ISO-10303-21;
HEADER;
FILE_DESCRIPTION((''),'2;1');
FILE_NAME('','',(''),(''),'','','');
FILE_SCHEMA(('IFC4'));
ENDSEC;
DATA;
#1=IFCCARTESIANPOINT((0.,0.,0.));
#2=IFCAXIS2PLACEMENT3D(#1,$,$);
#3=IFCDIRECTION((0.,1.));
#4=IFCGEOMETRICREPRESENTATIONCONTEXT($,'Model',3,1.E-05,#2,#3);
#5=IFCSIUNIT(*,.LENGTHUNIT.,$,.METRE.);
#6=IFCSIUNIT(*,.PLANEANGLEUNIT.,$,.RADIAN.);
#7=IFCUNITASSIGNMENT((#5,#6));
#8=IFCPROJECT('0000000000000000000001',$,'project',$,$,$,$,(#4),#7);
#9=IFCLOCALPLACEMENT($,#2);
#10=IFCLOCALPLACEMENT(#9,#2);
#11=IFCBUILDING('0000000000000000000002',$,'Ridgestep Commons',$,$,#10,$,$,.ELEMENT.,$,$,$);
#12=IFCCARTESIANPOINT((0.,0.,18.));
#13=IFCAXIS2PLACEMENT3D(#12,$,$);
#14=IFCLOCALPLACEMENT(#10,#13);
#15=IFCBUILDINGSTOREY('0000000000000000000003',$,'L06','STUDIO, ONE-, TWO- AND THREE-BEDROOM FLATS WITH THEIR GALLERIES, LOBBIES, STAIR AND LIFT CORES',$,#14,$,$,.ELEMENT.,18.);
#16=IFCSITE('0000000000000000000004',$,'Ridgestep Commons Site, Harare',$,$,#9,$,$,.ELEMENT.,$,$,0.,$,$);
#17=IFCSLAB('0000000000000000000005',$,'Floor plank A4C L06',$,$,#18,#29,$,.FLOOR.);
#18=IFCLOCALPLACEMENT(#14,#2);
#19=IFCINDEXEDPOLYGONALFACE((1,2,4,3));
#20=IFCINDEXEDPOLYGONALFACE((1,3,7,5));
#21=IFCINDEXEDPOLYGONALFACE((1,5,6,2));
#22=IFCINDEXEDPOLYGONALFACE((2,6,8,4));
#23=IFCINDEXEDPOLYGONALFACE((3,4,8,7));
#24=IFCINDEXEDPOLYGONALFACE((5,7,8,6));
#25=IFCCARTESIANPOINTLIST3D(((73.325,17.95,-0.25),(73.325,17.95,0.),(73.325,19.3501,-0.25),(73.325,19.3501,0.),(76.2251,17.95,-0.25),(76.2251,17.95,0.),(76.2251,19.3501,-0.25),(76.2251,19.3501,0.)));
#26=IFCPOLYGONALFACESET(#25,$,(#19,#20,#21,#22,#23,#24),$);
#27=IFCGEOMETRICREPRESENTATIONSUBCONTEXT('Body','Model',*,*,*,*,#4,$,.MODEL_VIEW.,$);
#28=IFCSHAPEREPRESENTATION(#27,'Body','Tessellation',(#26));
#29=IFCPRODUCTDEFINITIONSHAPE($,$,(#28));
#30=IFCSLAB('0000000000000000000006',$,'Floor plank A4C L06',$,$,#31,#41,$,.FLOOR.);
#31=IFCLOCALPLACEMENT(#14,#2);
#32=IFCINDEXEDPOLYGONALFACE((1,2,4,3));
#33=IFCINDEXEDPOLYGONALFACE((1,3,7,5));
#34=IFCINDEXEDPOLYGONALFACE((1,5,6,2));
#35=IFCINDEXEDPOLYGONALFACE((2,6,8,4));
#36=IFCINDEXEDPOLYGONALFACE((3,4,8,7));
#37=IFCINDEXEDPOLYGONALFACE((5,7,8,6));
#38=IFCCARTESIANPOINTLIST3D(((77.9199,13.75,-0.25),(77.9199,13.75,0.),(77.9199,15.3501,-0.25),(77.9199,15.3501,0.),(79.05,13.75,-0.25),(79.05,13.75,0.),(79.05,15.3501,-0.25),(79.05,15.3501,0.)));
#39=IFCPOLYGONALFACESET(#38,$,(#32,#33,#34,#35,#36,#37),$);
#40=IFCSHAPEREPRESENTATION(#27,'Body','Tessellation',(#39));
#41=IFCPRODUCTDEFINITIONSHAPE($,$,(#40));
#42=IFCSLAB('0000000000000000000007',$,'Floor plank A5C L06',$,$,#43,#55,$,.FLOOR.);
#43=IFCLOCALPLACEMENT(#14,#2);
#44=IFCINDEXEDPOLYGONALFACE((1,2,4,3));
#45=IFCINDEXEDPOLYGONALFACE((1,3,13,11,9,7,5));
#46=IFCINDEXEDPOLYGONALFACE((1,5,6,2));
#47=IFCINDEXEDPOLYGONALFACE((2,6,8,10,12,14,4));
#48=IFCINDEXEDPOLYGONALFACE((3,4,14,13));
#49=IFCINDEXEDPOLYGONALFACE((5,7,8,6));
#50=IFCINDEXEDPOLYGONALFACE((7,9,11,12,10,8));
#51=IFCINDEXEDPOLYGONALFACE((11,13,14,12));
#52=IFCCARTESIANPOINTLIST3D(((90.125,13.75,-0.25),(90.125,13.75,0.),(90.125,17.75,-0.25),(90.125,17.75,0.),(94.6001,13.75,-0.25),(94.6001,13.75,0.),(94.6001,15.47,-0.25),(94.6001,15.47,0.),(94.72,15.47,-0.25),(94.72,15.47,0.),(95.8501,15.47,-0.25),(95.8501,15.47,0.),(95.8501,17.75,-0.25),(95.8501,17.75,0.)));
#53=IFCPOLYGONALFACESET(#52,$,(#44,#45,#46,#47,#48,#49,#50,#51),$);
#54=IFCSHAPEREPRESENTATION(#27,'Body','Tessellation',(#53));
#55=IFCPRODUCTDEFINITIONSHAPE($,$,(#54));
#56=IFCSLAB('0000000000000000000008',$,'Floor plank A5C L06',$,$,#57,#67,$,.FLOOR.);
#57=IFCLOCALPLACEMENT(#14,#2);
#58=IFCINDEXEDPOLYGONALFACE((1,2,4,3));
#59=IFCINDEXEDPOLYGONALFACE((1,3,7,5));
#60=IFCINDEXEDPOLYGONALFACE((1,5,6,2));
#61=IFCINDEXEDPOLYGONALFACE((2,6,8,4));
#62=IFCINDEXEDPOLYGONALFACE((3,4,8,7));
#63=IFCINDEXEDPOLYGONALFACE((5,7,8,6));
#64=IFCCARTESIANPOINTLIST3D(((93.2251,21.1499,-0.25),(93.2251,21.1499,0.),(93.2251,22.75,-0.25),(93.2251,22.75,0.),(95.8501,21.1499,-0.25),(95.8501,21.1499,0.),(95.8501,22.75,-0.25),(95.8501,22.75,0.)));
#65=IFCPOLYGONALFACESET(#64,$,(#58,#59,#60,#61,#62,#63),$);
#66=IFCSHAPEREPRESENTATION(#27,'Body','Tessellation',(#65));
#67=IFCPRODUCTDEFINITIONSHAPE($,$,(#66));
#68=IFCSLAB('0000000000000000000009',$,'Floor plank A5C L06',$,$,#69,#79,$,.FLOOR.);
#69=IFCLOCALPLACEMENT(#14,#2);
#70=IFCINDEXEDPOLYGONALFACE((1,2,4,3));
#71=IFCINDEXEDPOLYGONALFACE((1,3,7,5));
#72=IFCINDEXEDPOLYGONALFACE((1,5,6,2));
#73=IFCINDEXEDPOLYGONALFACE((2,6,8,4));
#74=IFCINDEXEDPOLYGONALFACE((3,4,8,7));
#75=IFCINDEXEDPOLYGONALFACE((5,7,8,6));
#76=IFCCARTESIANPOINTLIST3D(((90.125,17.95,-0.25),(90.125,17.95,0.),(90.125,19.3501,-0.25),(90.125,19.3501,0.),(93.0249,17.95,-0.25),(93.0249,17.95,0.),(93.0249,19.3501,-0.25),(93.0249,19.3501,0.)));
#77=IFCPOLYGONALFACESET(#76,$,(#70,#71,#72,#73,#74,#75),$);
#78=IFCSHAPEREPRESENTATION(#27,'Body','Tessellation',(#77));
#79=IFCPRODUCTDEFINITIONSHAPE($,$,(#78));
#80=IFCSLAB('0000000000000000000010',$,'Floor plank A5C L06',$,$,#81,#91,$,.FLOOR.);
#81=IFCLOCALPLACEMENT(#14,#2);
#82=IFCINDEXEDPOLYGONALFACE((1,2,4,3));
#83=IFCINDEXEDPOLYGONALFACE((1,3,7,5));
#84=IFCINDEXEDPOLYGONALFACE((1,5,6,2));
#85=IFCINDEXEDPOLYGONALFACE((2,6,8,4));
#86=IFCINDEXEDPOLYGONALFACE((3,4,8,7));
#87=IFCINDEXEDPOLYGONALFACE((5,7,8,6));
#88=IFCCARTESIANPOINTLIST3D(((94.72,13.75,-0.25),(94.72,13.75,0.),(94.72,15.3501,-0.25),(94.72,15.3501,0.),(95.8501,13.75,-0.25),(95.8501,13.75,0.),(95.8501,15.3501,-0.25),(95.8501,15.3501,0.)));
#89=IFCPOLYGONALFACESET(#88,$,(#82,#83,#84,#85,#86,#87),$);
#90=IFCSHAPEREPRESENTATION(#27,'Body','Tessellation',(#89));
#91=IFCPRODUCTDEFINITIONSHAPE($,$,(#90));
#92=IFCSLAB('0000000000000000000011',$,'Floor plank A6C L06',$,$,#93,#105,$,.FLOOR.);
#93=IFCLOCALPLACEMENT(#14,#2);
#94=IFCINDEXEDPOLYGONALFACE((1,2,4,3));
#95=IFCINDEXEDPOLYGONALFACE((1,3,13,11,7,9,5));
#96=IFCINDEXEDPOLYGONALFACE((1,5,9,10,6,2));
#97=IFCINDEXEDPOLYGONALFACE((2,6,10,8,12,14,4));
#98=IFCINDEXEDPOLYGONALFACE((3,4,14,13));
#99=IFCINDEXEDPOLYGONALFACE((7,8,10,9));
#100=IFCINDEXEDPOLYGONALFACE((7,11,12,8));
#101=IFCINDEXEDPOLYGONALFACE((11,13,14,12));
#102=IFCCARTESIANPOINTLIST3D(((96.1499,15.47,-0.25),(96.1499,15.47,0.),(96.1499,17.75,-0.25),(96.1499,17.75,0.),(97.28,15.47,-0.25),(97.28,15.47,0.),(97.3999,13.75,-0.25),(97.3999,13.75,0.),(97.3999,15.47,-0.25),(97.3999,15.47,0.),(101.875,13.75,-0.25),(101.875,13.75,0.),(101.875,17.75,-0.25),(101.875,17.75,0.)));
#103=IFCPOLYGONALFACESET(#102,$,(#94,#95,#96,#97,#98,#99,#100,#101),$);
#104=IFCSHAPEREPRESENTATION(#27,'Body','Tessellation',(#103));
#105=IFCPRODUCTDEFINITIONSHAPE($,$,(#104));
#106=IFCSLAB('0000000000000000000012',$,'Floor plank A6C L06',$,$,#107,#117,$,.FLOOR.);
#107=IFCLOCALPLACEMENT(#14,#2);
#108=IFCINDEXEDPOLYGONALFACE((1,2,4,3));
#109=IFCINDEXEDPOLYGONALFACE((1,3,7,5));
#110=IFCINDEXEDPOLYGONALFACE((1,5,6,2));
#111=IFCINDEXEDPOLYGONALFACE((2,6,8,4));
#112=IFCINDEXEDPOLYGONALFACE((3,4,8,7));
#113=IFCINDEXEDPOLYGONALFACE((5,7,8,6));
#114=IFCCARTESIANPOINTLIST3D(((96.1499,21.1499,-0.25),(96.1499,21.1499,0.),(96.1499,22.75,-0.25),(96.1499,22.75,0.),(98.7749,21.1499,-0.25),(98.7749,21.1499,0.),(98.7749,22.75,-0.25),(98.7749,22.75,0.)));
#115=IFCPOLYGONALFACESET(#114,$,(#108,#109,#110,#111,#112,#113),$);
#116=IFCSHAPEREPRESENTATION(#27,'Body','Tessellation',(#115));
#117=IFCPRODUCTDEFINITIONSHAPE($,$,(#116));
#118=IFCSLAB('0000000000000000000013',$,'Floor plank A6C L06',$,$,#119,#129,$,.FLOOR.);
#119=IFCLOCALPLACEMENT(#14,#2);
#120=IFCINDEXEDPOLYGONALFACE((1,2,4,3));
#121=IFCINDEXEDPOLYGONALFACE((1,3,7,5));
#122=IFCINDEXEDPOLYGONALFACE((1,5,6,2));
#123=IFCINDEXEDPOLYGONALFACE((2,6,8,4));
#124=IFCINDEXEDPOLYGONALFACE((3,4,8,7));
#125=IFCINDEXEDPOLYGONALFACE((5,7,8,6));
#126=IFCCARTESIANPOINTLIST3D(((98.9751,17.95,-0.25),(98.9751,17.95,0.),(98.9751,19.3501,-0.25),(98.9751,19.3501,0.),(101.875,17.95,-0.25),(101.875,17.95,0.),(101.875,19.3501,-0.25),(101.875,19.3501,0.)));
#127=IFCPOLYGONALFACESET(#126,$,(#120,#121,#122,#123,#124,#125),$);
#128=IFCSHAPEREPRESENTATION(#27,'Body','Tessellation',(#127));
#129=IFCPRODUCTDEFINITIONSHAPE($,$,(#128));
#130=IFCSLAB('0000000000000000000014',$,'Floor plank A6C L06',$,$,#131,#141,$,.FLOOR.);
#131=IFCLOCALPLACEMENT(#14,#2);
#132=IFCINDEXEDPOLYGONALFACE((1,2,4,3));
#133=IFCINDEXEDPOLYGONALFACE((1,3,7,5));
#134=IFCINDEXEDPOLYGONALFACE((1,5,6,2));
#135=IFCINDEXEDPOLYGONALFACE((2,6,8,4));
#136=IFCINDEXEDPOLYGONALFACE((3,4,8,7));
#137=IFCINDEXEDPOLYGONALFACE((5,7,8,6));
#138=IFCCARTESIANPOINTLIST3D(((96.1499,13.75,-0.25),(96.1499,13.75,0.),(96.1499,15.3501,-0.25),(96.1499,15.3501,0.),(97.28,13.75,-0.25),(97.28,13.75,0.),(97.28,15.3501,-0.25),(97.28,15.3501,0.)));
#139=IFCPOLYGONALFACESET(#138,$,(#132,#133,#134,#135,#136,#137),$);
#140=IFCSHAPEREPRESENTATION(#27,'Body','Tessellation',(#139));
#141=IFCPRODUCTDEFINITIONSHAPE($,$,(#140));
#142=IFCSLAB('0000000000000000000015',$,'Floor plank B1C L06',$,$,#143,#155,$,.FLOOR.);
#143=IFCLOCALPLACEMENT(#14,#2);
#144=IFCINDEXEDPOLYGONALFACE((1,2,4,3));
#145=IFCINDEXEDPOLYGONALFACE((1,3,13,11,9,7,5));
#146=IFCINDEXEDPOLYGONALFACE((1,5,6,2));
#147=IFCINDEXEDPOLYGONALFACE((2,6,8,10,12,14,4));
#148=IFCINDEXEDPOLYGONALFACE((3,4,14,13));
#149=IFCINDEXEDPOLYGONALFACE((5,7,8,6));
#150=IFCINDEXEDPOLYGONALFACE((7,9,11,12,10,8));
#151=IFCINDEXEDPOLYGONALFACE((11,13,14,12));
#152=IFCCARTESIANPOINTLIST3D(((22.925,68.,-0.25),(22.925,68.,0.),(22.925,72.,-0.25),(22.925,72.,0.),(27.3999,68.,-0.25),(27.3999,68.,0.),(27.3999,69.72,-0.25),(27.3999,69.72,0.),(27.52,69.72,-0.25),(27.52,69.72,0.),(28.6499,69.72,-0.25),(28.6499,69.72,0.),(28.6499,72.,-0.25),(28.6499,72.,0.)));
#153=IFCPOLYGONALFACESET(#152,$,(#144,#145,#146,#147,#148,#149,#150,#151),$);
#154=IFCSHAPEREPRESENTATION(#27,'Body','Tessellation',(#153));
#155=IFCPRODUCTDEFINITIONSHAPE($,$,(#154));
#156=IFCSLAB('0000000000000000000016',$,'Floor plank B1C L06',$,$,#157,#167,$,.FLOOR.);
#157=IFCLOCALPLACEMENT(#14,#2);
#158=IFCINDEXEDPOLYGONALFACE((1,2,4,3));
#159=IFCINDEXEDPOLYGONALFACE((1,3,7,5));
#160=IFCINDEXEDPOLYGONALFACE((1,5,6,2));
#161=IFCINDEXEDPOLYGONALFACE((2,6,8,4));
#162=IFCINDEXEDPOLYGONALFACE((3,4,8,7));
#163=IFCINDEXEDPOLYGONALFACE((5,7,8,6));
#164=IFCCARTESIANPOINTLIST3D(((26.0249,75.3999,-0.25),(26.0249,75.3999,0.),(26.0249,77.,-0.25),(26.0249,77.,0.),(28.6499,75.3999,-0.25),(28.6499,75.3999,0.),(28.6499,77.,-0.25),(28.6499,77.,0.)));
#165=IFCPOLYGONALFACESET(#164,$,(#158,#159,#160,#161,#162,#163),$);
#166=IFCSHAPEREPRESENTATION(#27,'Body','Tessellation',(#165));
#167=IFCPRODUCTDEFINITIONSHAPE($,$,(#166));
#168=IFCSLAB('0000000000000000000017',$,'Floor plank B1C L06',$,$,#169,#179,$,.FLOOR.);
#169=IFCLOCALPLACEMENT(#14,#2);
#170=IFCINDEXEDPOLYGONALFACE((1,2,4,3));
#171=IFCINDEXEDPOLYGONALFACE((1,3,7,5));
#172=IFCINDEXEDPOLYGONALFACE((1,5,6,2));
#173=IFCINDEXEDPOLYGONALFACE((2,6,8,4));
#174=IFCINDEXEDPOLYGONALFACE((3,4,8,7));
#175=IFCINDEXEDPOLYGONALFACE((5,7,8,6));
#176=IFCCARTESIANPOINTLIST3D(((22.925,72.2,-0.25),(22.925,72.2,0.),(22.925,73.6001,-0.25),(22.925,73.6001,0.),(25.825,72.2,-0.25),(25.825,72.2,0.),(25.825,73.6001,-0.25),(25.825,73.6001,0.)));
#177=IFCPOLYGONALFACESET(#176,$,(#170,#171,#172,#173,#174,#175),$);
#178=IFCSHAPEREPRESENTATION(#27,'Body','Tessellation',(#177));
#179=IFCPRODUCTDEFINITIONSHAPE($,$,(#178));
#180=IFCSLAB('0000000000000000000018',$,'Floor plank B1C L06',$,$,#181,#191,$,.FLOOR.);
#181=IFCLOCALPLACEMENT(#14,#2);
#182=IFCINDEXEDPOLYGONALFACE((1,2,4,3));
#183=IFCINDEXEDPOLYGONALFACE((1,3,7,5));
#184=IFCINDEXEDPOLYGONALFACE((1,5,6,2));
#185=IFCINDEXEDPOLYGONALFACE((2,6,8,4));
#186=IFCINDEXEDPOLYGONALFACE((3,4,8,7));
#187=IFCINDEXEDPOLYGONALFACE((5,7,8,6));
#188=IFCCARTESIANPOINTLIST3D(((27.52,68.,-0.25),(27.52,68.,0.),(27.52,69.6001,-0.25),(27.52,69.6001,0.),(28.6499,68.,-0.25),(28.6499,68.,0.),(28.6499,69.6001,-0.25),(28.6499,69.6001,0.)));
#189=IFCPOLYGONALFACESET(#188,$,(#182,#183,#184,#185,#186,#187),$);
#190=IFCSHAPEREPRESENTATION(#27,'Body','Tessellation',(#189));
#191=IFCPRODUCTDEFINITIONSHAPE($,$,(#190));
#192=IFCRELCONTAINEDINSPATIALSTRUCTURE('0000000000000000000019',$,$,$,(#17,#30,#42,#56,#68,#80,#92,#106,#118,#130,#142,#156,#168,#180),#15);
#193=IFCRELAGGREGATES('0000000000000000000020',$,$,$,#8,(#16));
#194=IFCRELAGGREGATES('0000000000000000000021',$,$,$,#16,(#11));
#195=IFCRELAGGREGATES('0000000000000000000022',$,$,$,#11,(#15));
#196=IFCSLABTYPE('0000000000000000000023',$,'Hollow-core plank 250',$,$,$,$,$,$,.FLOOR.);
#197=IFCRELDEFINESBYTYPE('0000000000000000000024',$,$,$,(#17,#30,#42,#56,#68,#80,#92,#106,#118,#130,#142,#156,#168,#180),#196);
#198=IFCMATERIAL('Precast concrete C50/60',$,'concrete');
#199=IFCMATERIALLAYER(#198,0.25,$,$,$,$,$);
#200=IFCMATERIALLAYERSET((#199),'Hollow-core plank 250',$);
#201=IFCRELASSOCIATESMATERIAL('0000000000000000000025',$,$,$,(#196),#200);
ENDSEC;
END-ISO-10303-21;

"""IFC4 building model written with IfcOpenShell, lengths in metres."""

from ifc_helpers import new_model, si_unit, direction, frame, origin, place, context, subcontext, project, spatial, polyline, outline, extrude, material, layer, layer_set, type_object, element, save


model = new_model("IFC4")

# Units and contexts
model_context = context("Model", 3, precision=1e-05, world=origin(), true_north=direction((0.0, 1.0)))
body_context = subcontext(model_context, "Body", "Model", "MODEL_VIEW")
ifc_project = project(units=[si_unit("LENGTHUNIT", "METRE"), si_unit("PLANEANGLEUNIT", "RADIAN")], contexts=[model_context])

# Site, building, storey
site_placement = place(None, origin())
site = spatial("IfcSite", under=ifc_project, at=site_placement, Name="Ridgestep Commons Site, Harare", CompositionType="ELEMENT", RefElevation=0.0)
building_placement = place(site_placement, origin())
building = spatial("IfcBuilding", under=site, at=building_placement, Name="Ridgestep Commons", CompositionType="ELEMENT")
storey_placement = place(building_placement, frame((0.0, 0.0, 18.0)))
storey = spatial("IfcBuildingStorey", under=building, at=storey_placement, Name="L06", Description="STUDIO, ONE-, TWO- AND THREE-BEDROOM FLATS WITH THEIR GALLERIES, LOBBIES, STAIR AND LIFT CORES", CompositionType="ELEMENT", Elevation=18.0)

# Slabs
ifc_material_1 = material(Name="Precast concrete C50/60", Category="concrete")
ifc_layer_1 = layer(ifc_material_1, 0.25)
ifc_layer_set_1 = layer_set([ifc_layer_1], Name="Hollow-core plank 250")
slab_type_1 = type_object("IfcSlabType", Name="Hollow-core plank 250", PredefinedType="FLOOR", material=ifc_layer_set_1)
slab_1_placement = place(storey_placement, frame((0.0, 0.0, -0.25)))
element("IfcSlab", 1, at=slab_1_placement, inside=storey, type_object=slab_type_1, Name="Floor plank A4C L06", PredefinedType="FLOOR", context=body_context, shape_type="SweptSolid", body=[
    extrude(outline(polyline([(76.2251, 17.95), (76.2251, 19.3501), (73.325, 19.3501), (73.325, 17.95), (76.2251, 17.95)])), origin(), (0.0, 0.0, 1.0), 0.25),
])
slab_2_placement = place(storey_placement, frame((0.0, 0.0, -0.25)))
element("IfcSlab", 2, at=slab_2_placement, inside=storey, type_object=slab_type_1, Name="Floor plank A4C L06", PredefinedType="FLOOR", context=body_context, shape_type="SweptSolid", body=[
    extrude(outline(polyline([(77.9199, 13.75), (79.05, 13.75), (79.05, 15.3501), (77.9199, 15.3501), (77.9199, 13.75)])), origin(), (0.0, 0.0, 1.0), 0.25),
])
slab_3_placement = place(storey_placement, frame((0.0, 0.0, -0.25)))
element("IfcSlab", 3, at=slab_3_placement, inside=storey, type_object=slab_type_1, Name="Floor plank A5C L06", PredefinedType="FLOOR", context=body_context, shape_type="SweptSolid", body=[
    extrude(outline(polyline([(94.72, 15.47), (95.8501, 15.47), (95.8501, 17.75), (90.125, 17.75), (90.125, 13.75), (94.6001, 13.75), (94.6001, 15.47), (94.72, 15.47)])), origin(), (0.0, 0.0, 1.0), 0.25),
])
slab_4_placement = place(storey_placement, frame((0.0, 0.0, -0.25)))
element("IfcSlab", 4, at=slab_4_placement, inside=storey, type_object=slab_type_1, Name="Floor plank A5C L06", PredefinedType="FLOOR", context=body_context, shape_type="SweptSolid", body=[
    extrude(outline(polyline([(95.8501, 21.1499), (95.8501, 22.75), (93.2251, 22.75), (93.2251, 21.1499), (95.8501, 21.1499)])), origin(), (0.0, 0.0, 1.0), 0.25),
])
slab_5_placement = place(storey_placement, frame((0.0, 0.0, -0.25)))
element("IfcSlab", 5, at=slab_5_placement, inside=storey, type_object=slab_type_1, Name="Floor plank A5C L06", PredefinedType="FLOOR", context=body_context, shape_type="SweptSolid", body=[
    extrude(outline(polyline([(93.0249, 17.95), (93.0249, 19.3501), (90.125, 19.3501), (90.125, 17.95), (93.0249, 17.95)])), origin(), (0.0, 0.0, 1.0), 0.25),
])
slab_6_placement = place(storey_placement, frame((0.0, 0.0, -0.25)))
element("IfcSlab", 6, at=slab_6_placement, inside=storey, type_object=slab_type_1, Name="Floor plank A5C L06", PredefinedType="FLOOR", context=body_context, shape_type="SweptSolid", body=[
    extrude(outline(polyline([(94.72, 13.75), (95.8501, 13.75), (95.8501, 15.3501), (94.72, 15.3501), (94.72, 13.75)])), origin(), (0.0, 0.0, 1.0), 0.25),
])
slab_7_placement = place(storey_placement, frame((0.0, 0.0, -0.25)))
element("IfcSlab", 7, at=slab_7_placement, inside=storey, type_object=slab_type_1, Name="Floor plank A6C L06", PredefinedType="FLOOR", context=body_context, shape_type="SweptSolid", body=[
    extrude(outline(polyline([(97.3999, 13.75), (101.875, 13.75), (101.875, 17.75), (96.1499, 17.75), (96.1499, 15.47), (97.28, 15.47), (97.3999, 15.47), (97.3999, 13.75)])), origin(), (0.0, 0.0, 1.0), 0.25),
])
slab_8_placement = place(storey_placement, frame((0.0, 0.0, -0.25)))
element("IfcSlab", 8, at=slab_8_placement, inside=storey, type_object=slab_type_1, Name="Floor plank A6C L06", PredefinedType="FLOOR", context=body_context, shape_type="SweptSolid", body=[
    extrude(outline(polyline([(98.7749, 22.75), (96.1499, 22.75), (96.1499, 21.1499), (98.7749, 21.1499), (98.7749, 22.75)])), origin(), (0.0, 0.0, 1.0), 0.25),
])
slab_9_placement = place(storey_placement, frame((0.0, 0.0, -0.25)))
element("IfcSlab", 9, at=slab_9_placement, inside=storey, type_object=slab_type_1, Name="Floor plank A6C L06", PredefinedType="FLOOR", context=body_context, shape_type="SweptSolid", body=[
    extrude(outline(polyline([(101.875, 17.95), (101.875, 19.3501), (98.9751, 19.3501), (98.9751, 17.95), (101.875, 17.95)])), origin(), (0.0, 0.0, 1.0), 0.25),
])
slab_10_placement = place(storey_placement, frame((0.0, 0.0, -0.25)))
element("IfcSlab", 10, at=slab_10_placement, inside=storey, type_object=slab_type_1, Name="Floor plank A6C L06", PredefinedType="FLOOR", context=body_context, shape_type="SweptSolid", body=[
    extrude(outline(polyline([(97.28, 15.3501), (96.1499, 15.3501), (96.1499, 13.75), (97.28, 13.75), (97.28, 15.3501)])), origin(), (0.0, 0.0, 1.0), 0.25),
])
slab_11_placement = place(storey_placement, frame((0.0, 0.0, -0.25)))
element("IfcSlab", 11, at=slab_11_placement, inside=storey, type_object=slab_type_1, Name="Floor plank B1C L06", PredefinedType="FLOOR", context=body_context, shape_type="SweptSolid", body=[
    extrude(outline(polyline([(27.52, 69.72), (28.6499, 69.72), (28.6499, 72.0), (22.925, 72.0), (22.925, 68.0), (27.3999, 68.0), (27.3999, 69.72), (27.52, 69.72)])), origin(), (0.0, 0.0, 1.0), 0.25),
])
slab_12_placement = place(storey_placement, frame((0.0, 0.0, -0.25)))
element("IfcSlab", 12, at=slab_12_placement, inside=storey, type_object=slab_type_1, Name="Floor plank B1C L06", PredefinedType="FLOOR", context=body_context, shape_type="SweptSolid", body=[
    extrude(outline(polyline([(28.6499, 75.3999), (28.6499, 77.0), (26.0249, 77.0), (26.0249, 75.3999), (28.6499, 75.3999)])), origin(), (0.0, 0.0, 1.0), 0.25),
])
slab_13_placement = place(storey_placement, frame((0.0, 0.0, -0.25)))
element("IfcSlab", 13, at=slab_13_placement, inside=storey, type_object=slab_type_1, Name="Floor plank B1C L06", PredefinedType="FLOOR", context=body_context, shape_type="SweptSolid", body=[
    extrude(outline(polyline([(25.825, 72.2), (25.825, 73.6001), (22.925, 73.6001), (22.925, 72.2), (25.825, 72.2)])), origin(), (0.0, 0.0, 1.0), 0.25),
])
slab_14_placement = place(storey_placement, frame((0.0, 0.0, -0.25)))
element("IfcSlab", 14, at=slab_14_placement, inside=storey, type_object=slab_type_1, Name="Floor plank B1C L06", PredefinedType="FLOOR", context=body_context, shape_type="SweptSolid", body=[
    extrude(outline(polyline([(27.52, 68.0), (28.6499, 68.0), (28.6499, 69.6001), (27.52, 69.6001), (27.52, 68.0)])), origin(), (0.0, 0.0, 1.0), 0.25),
])

save(model, "model.ifc")
